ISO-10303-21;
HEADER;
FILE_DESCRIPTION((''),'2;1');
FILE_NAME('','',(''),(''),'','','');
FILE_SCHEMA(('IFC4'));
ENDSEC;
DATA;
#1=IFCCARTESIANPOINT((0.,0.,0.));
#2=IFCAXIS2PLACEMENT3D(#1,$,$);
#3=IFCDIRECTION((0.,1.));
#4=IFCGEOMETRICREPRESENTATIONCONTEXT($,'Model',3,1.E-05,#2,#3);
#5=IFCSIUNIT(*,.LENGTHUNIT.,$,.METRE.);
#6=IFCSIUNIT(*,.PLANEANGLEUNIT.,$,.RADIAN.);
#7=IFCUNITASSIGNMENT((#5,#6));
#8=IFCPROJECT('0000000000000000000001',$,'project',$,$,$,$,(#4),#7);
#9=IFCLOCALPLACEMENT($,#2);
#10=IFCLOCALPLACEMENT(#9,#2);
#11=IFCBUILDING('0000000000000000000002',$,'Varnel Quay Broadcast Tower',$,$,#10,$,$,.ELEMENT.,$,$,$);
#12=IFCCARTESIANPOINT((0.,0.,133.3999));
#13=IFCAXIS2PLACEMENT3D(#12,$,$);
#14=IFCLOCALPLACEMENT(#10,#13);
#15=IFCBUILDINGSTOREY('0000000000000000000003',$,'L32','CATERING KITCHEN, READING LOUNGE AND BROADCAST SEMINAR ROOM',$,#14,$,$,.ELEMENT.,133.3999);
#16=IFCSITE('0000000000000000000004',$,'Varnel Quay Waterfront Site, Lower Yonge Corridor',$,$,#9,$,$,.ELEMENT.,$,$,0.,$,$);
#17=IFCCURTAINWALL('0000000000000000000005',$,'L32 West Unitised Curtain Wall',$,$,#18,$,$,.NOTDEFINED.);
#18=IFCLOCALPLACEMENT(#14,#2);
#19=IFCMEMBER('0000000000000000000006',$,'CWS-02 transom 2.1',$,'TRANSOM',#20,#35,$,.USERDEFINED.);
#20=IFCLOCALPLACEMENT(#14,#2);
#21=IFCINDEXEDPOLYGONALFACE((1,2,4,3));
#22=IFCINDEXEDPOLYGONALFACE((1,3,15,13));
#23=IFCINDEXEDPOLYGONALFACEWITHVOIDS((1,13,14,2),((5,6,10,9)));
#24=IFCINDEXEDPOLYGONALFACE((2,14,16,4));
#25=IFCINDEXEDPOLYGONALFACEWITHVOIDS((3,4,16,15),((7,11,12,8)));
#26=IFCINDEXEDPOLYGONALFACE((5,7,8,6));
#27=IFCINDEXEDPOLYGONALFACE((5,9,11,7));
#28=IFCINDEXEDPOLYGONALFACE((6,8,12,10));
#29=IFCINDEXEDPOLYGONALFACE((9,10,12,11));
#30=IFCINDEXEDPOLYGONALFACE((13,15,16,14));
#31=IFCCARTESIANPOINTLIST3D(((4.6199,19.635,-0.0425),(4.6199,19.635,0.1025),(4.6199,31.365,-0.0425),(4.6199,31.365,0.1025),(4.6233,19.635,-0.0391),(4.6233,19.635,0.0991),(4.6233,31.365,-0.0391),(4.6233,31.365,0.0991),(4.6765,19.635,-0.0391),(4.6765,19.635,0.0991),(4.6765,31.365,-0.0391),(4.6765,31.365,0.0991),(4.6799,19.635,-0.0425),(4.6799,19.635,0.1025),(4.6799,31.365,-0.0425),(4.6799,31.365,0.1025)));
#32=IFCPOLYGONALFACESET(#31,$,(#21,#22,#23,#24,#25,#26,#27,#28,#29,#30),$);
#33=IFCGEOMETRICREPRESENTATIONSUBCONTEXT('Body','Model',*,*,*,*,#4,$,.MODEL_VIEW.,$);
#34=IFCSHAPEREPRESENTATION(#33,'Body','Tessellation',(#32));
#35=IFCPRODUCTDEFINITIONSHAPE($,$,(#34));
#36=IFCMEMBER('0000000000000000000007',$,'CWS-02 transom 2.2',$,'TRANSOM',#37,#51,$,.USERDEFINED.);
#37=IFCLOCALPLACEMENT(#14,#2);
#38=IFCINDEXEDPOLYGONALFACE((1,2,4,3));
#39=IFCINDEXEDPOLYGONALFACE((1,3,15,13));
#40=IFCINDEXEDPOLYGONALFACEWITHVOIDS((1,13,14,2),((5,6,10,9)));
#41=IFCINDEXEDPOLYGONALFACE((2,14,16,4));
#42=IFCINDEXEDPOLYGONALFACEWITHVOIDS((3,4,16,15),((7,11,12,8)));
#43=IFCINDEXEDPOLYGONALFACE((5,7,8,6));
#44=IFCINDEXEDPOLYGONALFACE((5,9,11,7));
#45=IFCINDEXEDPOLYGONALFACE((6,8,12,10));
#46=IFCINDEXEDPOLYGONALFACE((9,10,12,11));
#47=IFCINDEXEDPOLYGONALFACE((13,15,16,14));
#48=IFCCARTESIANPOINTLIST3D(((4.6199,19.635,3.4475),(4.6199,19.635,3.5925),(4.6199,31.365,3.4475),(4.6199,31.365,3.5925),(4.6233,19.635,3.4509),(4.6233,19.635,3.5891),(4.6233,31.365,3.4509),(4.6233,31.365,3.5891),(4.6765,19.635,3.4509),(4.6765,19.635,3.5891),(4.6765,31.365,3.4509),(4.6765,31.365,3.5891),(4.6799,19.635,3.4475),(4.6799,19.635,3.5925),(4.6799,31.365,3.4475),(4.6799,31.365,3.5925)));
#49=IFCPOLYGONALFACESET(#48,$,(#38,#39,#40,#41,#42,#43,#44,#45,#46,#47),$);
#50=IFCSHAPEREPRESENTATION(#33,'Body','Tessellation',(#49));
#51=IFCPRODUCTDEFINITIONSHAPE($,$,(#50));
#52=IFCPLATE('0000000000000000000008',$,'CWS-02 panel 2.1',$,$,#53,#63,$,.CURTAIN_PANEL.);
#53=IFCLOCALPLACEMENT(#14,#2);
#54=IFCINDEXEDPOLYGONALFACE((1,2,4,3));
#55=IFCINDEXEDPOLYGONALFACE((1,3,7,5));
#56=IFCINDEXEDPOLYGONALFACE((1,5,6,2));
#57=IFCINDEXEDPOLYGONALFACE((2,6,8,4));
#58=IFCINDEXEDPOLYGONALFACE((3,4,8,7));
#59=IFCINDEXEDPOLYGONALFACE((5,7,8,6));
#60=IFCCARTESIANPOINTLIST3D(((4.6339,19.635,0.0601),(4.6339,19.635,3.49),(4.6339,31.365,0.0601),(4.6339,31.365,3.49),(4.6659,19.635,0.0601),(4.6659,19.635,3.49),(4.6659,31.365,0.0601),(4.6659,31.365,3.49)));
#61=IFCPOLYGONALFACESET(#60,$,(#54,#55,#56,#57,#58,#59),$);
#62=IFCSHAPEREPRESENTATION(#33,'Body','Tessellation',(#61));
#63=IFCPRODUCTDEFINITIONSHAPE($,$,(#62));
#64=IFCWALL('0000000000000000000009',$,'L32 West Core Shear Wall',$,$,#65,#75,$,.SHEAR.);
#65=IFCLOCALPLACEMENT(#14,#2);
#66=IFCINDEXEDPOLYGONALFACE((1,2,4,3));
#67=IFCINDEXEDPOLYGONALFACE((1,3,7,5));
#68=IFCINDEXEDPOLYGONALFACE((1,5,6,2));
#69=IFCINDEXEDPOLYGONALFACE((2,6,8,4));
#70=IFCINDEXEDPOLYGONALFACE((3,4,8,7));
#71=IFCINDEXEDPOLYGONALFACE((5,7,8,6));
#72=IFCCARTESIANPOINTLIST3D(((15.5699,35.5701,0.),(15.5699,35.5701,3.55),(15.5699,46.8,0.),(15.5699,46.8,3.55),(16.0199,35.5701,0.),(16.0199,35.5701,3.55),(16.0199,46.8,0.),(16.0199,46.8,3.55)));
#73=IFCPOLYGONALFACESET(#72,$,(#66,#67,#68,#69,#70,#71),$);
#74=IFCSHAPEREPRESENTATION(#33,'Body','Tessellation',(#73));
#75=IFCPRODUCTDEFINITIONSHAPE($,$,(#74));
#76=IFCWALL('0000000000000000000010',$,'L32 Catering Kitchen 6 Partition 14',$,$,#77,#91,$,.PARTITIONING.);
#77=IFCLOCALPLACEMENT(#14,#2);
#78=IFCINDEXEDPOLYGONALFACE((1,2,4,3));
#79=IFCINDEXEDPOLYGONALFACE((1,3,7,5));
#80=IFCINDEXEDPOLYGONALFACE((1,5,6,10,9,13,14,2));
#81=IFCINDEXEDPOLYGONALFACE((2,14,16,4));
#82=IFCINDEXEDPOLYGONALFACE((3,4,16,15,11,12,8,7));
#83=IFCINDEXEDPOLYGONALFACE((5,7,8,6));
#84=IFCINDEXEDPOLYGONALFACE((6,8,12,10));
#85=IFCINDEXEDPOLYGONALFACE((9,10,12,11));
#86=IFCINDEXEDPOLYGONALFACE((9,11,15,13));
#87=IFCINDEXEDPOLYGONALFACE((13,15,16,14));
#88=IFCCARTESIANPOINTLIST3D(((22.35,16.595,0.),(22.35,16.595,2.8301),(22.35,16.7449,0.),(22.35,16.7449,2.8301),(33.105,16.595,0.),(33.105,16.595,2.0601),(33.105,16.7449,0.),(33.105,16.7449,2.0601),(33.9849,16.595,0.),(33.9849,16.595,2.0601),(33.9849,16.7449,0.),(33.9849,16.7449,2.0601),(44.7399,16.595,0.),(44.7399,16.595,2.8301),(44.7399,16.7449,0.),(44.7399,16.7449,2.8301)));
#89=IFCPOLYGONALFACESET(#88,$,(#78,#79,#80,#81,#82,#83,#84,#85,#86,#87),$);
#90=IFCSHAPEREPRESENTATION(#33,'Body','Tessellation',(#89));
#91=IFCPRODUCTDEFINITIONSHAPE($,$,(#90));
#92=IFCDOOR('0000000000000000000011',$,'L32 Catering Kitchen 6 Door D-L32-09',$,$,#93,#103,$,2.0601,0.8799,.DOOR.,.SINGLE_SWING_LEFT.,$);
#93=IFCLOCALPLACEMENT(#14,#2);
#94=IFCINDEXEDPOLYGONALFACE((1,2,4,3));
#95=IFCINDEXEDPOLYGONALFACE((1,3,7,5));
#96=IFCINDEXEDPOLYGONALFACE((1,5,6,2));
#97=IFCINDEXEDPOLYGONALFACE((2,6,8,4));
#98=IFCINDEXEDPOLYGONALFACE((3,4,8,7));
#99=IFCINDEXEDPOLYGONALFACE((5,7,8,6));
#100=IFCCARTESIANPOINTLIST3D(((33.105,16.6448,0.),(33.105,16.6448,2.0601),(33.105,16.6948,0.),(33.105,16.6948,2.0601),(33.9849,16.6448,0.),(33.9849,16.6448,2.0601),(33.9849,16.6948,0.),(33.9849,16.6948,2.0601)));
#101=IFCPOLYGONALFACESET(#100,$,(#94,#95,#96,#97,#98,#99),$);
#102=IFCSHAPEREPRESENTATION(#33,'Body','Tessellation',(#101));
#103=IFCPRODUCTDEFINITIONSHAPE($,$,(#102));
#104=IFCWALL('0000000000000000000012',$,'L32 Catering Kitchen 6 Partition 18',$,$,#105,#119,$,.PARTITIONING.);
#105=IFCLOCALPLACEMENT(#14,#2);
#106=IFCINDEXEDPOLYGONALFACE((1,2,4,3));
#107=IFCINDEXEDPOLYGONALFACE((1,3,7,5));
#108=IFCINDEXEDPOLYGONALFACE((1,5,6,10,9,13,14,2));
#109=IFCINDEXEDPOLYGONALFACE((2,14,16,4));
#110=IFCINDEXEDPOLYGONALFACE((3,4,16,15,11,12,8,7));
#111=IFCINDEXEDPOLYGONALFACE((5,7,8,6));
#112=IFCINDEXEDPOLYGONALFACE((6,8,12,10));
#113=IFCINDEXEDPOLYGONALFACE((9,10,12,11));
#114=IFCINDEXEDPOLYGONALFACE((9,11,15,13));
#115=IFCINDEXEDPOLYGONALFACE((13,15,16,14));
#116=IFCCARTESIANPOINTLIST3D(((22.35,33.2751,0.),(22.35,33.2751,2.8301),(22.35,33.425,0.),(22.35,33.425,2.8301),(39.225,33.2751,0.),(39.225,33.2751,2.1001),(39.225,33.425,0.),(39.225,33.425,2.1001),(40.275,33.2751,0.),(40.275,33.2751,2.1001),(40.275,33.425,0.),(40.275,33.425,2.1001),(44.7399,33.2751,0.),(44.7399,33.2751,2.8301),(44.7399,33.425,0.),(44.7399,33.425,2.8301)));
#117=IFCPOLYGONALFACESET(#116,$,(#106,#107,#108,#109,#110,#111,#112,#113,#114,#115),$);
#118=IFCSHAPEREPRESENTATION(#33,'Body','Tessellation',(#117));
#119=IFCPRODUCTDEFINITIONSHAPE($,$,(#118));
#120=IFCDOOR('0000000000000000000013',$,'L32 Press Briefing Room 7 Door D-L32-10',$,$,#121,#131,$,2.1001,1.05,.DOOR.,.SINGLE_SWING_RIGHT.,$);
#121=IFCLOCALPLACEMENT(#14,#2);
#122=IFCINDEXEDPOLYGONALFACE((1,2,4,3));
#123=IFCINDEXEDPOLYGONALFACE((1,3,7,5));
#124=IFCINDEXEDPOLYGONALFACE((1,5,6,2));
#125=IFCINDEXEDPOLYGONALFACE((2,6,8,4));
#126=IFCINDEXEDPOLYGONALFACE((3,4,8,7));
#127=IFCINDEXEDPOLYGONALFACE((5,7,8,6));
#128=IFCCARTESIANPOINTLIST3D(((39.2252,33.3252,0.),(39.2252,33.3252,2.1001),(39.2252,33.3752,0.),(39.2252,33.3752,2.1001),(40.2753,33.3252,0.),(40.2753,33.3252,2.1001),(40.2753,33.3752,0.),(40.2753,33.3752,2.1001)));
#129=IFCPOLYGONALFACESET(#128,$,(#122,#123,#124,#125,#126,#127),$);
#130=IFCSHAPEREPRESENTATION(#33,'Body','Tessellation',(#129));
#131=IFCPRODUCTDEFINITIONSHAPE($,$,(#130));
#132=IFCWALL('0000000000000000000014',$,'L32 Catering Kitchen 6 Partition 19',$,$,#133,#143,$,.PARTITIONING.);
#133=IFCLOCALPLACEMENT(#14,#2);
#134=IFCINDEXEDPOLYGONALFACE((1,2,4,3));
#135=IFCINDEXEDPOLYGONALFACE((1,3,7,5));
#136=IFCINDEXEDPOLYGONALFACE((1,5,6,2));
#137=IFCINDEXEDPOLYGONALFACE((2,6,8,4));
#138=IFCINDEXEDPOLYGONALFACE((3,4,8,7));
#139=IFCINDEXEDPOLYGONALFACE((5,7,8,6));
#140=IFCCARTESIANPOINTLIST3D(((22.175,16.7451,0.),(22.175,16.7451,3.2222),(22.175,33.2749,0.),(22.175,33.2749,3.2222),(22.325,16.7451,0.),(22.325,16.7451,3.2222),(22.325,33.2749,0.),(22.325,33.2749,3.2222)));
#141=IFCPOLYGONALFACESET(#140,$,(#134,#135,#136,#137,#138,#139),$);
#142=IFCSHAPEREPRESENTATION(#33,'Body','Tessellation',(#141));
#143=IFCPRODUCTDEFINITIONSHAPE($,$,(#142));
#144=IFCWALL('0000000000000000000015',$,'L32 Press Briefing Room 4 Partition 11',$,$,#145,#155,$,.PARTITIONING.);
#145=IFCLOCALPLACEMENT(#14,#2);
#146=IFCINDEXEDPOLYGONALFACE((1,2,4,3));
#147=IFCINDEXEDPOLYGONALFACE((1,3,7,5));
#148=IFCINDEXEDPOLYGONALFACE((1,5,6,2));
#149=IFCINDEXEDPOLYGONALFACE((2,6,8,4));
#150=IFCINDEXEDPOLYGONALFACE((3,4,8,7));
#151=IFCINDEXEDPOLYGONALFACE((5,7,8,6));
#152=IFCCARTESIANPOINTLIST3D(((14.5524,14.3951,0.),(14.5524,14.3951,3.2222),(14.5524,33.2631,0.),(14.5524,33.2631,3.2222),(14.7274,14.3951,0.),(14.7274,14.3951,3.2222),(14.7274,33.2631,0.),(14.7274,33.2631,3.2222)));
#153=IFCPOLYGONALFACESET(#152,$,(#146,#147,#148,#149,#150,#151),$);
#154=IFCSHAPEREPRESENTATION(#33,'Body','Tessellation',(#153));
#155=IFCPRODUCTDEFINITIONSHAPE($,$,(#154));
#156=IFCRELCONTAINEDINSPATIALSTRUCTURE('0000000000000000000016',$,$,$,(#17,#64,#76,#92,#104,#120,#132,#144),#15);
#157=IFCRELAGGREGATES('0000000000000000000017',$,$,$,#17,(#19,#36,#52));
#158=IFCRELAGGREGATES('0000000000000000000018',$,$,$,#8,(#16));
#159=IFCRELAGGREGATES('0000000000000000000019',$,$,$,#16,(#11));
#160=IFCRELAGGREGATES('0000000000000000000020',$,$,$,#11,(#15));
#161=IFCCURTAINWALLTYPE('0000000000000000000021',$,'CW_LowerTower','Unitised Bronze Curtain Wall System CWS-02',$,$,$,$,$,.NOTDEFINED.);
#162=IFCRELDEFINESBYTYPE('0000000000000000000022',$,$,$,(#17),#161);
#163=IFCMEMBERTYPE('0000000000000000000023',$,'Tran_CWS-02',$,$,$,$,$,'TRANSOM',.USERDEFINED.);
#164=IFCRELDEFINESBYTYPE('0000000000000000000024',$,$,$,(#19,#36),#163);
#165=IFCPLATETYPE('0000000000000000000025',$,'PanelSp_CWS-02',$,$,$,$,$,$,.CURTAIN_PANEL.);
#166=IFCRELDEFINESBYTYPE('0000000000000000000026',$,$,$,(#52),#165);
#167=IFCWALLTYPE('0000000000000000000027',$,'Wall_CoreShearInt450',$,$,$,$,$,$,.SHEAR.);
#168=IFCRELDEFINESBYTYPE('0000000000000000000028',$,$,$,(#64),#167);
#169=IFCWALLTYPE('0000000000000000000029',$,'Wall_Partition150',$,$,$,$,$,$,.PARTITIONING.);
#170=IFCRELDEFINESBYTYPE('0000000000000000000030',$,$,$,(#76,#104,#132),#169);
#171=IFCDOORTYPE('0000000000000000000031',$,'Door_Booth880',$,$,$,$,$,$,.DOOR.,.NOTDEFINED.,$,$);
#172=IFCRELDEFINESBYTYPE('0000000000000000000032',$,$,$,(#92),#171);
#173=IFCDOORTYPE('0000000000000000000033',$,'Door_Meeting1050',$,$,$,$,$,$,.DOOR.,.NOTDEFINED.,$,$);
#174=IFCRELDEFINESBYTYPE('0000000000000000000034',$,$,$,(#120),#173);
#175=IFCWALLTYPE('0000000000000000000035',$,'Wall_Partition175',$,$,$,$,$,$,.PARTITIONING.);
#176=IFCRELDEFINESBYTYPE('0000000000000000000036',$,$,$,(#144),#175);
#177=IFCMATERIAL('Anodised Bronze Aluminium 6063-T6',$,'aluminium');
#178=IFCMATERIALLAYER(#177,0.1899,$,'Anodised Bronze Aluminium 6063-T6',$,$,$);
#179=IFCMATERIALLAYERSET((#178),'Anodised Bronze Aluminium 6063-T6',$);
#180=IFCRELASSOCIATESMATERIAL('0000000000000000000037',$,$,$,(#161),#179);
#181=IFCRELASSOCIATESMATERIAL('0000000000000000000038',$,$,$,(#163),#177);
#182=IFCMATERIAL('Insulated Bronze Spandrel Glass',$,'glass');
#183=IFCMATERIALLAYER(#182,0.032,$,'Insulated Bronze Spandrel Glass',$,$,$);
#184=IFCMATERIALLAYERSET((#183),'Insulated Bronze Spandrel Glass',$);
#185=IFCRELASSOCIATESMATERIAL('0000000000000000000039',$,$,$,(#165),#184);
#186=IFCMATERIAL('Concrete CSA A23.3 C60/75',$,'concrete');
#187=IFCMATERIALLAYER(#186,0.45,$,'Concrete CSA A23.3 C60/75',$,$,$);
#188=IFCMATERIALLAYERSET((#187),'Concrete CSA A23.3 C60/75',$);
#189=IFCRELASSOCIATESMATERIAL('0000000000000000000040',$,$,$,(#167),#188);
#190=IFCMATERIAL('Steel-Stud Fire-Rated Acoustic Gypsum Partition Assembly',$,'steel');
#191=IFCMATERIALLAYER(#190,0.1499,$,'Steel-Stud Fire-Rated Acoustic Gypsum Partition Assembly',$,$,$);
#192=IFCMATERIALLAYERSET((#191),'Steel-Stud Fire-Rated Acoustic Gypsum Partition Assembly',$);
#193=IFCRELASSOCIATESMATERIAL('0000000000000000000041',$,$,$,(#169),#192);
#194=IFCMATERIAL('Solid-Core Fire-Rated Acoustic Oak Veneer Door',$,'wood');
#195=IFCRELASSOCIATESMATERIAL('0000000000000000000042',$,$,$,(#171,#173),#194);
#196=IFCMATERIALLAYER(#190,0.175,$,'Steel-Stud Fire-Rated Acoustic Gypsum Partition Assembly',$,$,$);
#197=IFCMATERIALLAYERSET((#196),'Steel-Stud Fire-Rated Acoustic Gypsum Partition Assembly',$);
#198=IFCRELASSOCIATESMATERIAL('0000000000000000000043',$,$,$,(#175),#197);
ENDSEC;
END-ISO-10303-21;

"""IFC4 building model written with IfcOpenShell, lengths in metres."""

from ifc_helpers import new_model, si_unit, direction, frame, frame_2d, origin, origin_2d, place, context, subcontext, project, spatial, rectangle, hollow_rectangle, extrude, source, transform, mapped, material, layer, layer_set, material_profile, profile_set, type_object, type_shapes, element, fill, aggregate, save


model = new_model("IFC4")

# Units and contexts
model_context = context("Model", 3, precision=1e-05, world=origin(), true_north=direction((0.0, 1.0)))
body_context = subcontext(model_context, "Body", "Model", "MODEL_VIEW")
ifc_project = project(units=[si_unit("LENGTHUNIT", "METRE"), si_unit("PLANEANGLEUNIT", "RADIAN")], contexts=[model_context])

# Site, building, storey
site_placement = place(None, origin())
site = spatial("IfcSite", under=ifc_project, at=site_placement, Name="Varnel Quay Waterfront Site, Lower Yonge Corridor", CompositionType="ELEMENT", RefElevation=0.0)
building_placement = place(site_placement, origin())
building = spatial("IfcBuilding", under=site, at=building_placement, Name="Varnel Quay Broadcast Tower", CompositionType="ELEMENT")
storey_placement = place(building_placement, frame((0.0, 0.0, 133.3999)))
storey = spatial("IfcBuildingStorey", under=building, at=storey_placement, Name="L32", Description="CATERING KITCHEN, READING LOUNGE AND BROADCAST SEMINAR ROOM", CompositionType="ELEMENT", Elevation=133.3999)

# Curtain wall, members, plate
ifc_material_1 = material(Name="Anodised Bronze Aluminium 6063-T6", Category="aluminium")
ifc_layer_1 = layer(ifc_material_1, 0.1899, Name="Anodised Bronze Aluminium 6063-T6")
ifc_layer_set_1 = layer_set([ifc_layer_1], Name="Anodised Bronze Aluminium 6063-T6")
curtain_wall_type = type_object("IfcCurtainWallType", Name="CW_LowerTower", Description="Unitised Bronze Curtain Wall System CWS-02", PredefinedType="NOTDEFINED", material=ifc_layer_set_1)
curtain_wall_placement = place(storey_placement, origin())
curtain_wall = element("IfcCurtainWall", 1, at=curtain_wall_placement, inside=storey, type_object=curtain_wall_type, Name="L32 West Unitised Curtain Wall", PredefinedType="NOTDEFINED")
ifc_material_profile_1 = material_profile(ifc_material_1, hollow_rectangle(XDim=0.0601, YDim=0.145, WallThickness=0.0034, at=origin_2d()), Name="ALU60X145X3.5")
ifc_profile_set_1 = profile_set([ifc_material_profile_1], Name="Anodised Bronze Aluminium 6063-T6")
member_type_1 = type_object("IfcMemberType", Name="Tran_CWS-02", ElementType="TRANSOM", PredefinedType="USERDEFINED", material=ifc_profile_set_1)
shared_shape_1 = source(origin(), body_context, "Body", "SweptSolid", [
    extrude(hollow_rectangle(XDim=0.0601, YDim=0.145, WallThickness=0.0034, at=origin_2d()), origin(), (0.0, 0.0, 1.0), 11.73),
])
member_1_placement = place(storey_placement, frame((4.6499, 19.635, 0.03), z_axis=(0.0, 1.0, 0.0), x_axis=(-1.0, 0.0, 0.0)))
member_1 = element("IfcMember", 2, at=member_1_placement, type_object=member_type_1, Name="CWS-02 transom 2.1", ObjectType="TRANSOM", PredefinedType="USERDEFINED", context=body_context, shape_type="MappedRepresentation", body=[
    mapped(shared_shape_1, transform((0.0, 0.0, 0.0), x_axis=(1.0, 0.0, 0.0), y_axis=(0.0, 1.0, 0.0), z_axis=(0.0, 0.0, 1.0), scale=1.0)),
])
member_2_placement = place(storey_placement, frame((4.6499, 19.635, 3.52), z_axis=(0.0, 1.0, 0.0), x_axis=(-1.0, 0.0, 0.0)))
member_2 = element("IfcMember", 3, at=member_2_placement, type_object=member_type_1, Name="CWS-02 transom 2.2", ObjectType="TRANSOM", PredefinedType="USERDEFINED", context=body_context, shape_type="MappedRepresentation", body=[
    mapped(shared_shape_1, transform((0.0, 0.0, 0.0), x_axis=(1.0, 0.0, 0.0), y_axis=(0.0, 1.0, 0.0), z_axis=(0.0, 0.0, 1.0), scale=1.0)),
])
ifc_material_2 = material(Name="Insulated Bronze Spandrel Glass", Category="glass")
ifc_layer_2 = layer(ifc_material_2, 0.032, Name="Insulated Bronze Spandrel Glass")
ifc_layer_set_2 = layer_set([ifc_layer_2], Name="Insulated Bronze Spandrel Glass")
plate_type = type_object("IfcPlateType", Name="PanelSp_CWS-02", PredefinedType="CURTAIN_PANEL", material=ifc_layer_set_2)
shared_shape_2 = source(origin(), body_context, "Body", "SweptSolid", [
    extrude(rectangle(XDim=11.73, YDim=0.032, at=origin_2d()), origin(), (0.0, 0.0, 1.0), 3.4299),
])
type_shapes(plate_type, [shared_shape_2])
plate_placement = place(storey_placement, frame((4.6499, 25.5, 0.0601), z_axis=(0.0, 0.0, 1.0), x_axis=(0.0, 1.0, 0.0)))
plate = element("IfcPlate", 4, at=plate_placement, type_object=plate_type, Name="CWS-02 panel 2.1", PredefinedType="CURTAIN_PANEL", context=body_context, shape_type="MappedRepresentation", body=[
    mapped(shared_shape_2, transform((0.0, 0.0, 0.0), x_axis=(1.0, 0.0, 0.0), y_axis=(0.0, 1.0, 0.0), z_axis=(0.0, 0.0, 1.0), scale=1.0)),
])
aggregate(curtain_wall, [member_1, member_2, plate])

# Wall
ifc_material_3 = material(Name="Concrete CSA A23.3 C60/75", Category="concrete")
ifc_layer_3 = layer(ifc_material_3, 0.45, Name="Concrete CSA A23.3 C60/75")
ifc_layer_set_3 = layer_set([ifc_layer_3], Name="Concrete CSA A23.3 C60/75")
wall_type_1 = type_object("IfcWallType", Name="Wall_CoreShearInt450", PredefinedType="SHEAR", material=ifc_layer_set_3)
wall_1_placement = place(storey_placement, frame((15.7949, 35.5701, 0.0), z_axis=(0.0, 0.0, 1.0), x_axis=(0.0, 1.0, 0.0)))
element("IfcWall", 5, at=wall_1_placement, inside=storey, type_object=wall_type_1, Name="L32 West Core Shear Wall", PredefinedType="SHEAR", context=body_context, shape_type="SweptSolid", body=[
    extrude(rectangle(XDim=11.23, YDim=0.45, at=frame_2d((5.615, 0.0))), origin(), (0.0, 0.0, 1.0), 3.55),
])

# Walls, openings, doors
ifc_material_4 = material(Name="Steel-Stud Fire-Rated Acoustic Gypsum Partition Assembly", Category="steel")
ifc_layer_4 = layer(ifc_material_4, 0.1499, Name="Steel-Stud Fire-Rated Acoustic Gypsum Partition Assembly")
ifc_layer_set_4 = layer_set([ifc_layer_4], Name="Steel-Stud Fire-Rated Acoustic Gypsum Partition Assembly")
wall_type_2 = type_object("IfcWallType", Name="Wall_Partition150", PredefinedType="PARTITIONING", material=ifc_layer_set_4)
wall_2_placement = place(storey_placement, frame((22.3501, 16.6699, 0.0), z_axis=(0.0, 0.0, 1.0), x_axis=(1.0, 0.0, 0.0)))
wall_2 = element("IfcWall", 6, at=wall_2_placement, inside=storey, type_object=wall_type_2, Name="L32 Catering Kitchen 6 Partition 14", PredefinedType="PARTITIONING", context=body_context, shape_type="SweptSolid", body=[
    extrude(rectangle(XDim=22.3899, YDim=0.1499, at=frame_2d((11.1948, 0.0))), origin(), (0.0, 0.0, 1.0), 2.8301),
])
opening_1_placement = place(wall_2_placement, frame((10.7549, 0.0, 0.0)))
opening_1 = element("IfcOpeningElement", 7, at=opening_1_placement, cuts=wall_2, PredefinedType="OPENING", context=body_context, shape_type="SweptSolid", body=[
    extrude(rectangle(XDim=0.8799, YDim=2.0601, at=frame_2d((0.4399, 1.03))), frame((0.0, 0.085, 0.0), z_axis=(0.0, -1.0, 0.0), x_axis=(1.0, 0.0, 0.0)), (0.0, 0.0, 1.0), 0.1699),
])
ifc_material_5 = material(Name="Solid-Core Fire-Rated Acoustic Oak Veneer Door", Category="wood")
door_type_1 = type_object("IfcDoorType", Name="Door_Booth880", OperationType="NOTDEFINED", PredefinedType="DOOR", material=ifc_material_5)
shared_shape_3 = source(origin(), body_context, "Body", "SweptSolid", [
    extrude(rectangle(XDim=0.8799, YDim=2.0601, at=frame_2d((0.4399, 1.03))), frame((0.0, 0.0249, 0.0), z_axis=(0.0, -1.0, 0.0), x_axis=(1.0, 0.0, 0.0)), (0.0, 0.0, 1.0), 0.05),
])
type_shapes(door_type_1, [shared_shape_3])
door_1_placement = place(opening_1_placement, origin())
door_1 = element("IfcDoor", 8, at=door_1_placement, inside=storey, type_object=door_type_1, Name="L32 Catering Kitchen 6 Door D-L32-09", OperationType="SINGLE_SWING_LEFT", OverallHeight=2.0601, OverallWidth=0.8799, PredefinedType="DOOR", context=body_context, shape_type="MappedRepresentation", body=[
    mapped(shared_shape_3, transform((0.0, 0.0, 0.0), x_axis=(1.0, 0.0, 0.0), y_axis=(0.0, 1.0, 0.0), z_axis=(0.0, 0.0, 1.0), scale=1.0)),
])
fill(opening_1, door_1)
wall_3_placement = place(storey_placement, frame((22.3501, 33.3501, 0.0), z_axis=(0.0, 0.0, 1.0), x_axis=(1.0, 0.0, 0.0)))
wall_3 = element("IfcWall", 9, at=wall_3_placement, inside=storey, type_object=wall_type_2, Name="L32 Catering Kitchen 6 Partition 18", PredefinedType="PARTITIONING", context=body_context, shape_type="SweptSolid", body=[
    extrude(rectangle(XDim=22.3899, YDim=0.1499, at=frame_2d((11.1948, 0.0))), origin(), (0.0, 0.0, 1.0), 2.8301),
])
opening_2_placement = place(wall_3_placement, frame((16.875, 0.0, 0.0)))
opening_2 = element("IfcOpeningElement", 10, at=opening_2_placement, cuts=wall_3, PredefinedType="OPENING", context=body_context, shape_type="SweptSolid", body=[
    extrude(rectangle(XDim=1.05, YDim=2.1001, at=frame_2d((0.5249, 1.05))), frame((0.0, 0.085, 0.0), z_axis=(0.0, -1.0, 0.0), x_axis=(1.0, 0.0, 0.0)), (0.0, 0.0, 1.0), 0.1699),
])
door_type_2 = type_object("IfcDoorType", Name="Door_Meeting1050", OperationType="NOTDEFINED", PredefinedType="DOOR", material=ifc_material_5)
shared_shape_4 = source(origin(), body_context, "Body", "SweptSolid", [
    extrude(rectangle(XDim=1.05, YDim=2.1001, at=frame_2d((0.5249, 1.05))), frame((0.0, 0.0249, 0.0), z_axis=(0.0, -1.0, 0.0), x_axis=(1.0, 0.0, 0.0)), (0.0, 0.0, 1.0), 0.05),
])
type_shapes(door_type_2, [shared_shape_4])
door_2_placement = place(opening_2_placement, frame((1.05, 0.0, 0.0), z_axis=(0.0, 0.0, 1.0), x_axis=(-1.0, 0.0, 0.0)))
door_2 = element("IfcDoor", 11, at=door_2_placement, inside=storey, type_object=door_type_2, Name="L32 Press Briefing Room 7 Door D-L32-10", OperationType="SINGLE_SWING_RIGHT", OverallHeight=2.1001, OverallWidth=1.05, PredefinedType="DOOR", context=body_context, shape_type="MappedRepresentation", body=[
    mapped(shared_shape_4, transform((0.0, 0.0, 0.0), x_axis=(1.0, 0.0, 0.0), y_axis=(0.0, 1.0, 0.0), z_axis=(0.0, 0.0, 1.0), scale=1.0)),
])
fill(opening_2, door_2)

# Walls
wall_4_placement = place(storey_placement, frame((22.25, 16.7451, 0.0), z_axis=(0.0, 0.0, 1.0), x_axis=(0.0, 1.0, 0.0)))
element("IfcWall", 12, at=wall_4_placement, inside=storey, type_object=wall_type_2, Name="L32 Catering Kitchen 6 Partition 19", PredefinedType="PARTITIONING", context=body_context, shape_type="SweptSolid", body=[
    extrude(rectangle(XDim=16.5298, YDim=0.1499, at=frame_2d((8.2649, 0.0))), origin(), (0.0, 0.0, 1.0), 3.2222),
])
ifc_layer_5 = layer(ifc_material_4, 0.175, Name="Steel-Stud Fire-Rated Acoustic Gypsum Partition Assembly")
ifc_layer_set_5 = layer_set([ifc_layer_5], Name="Steel-Stud Fire-Rated Acoustic Gypsum Partition Assembly")
wall_type_3 = type_object("IfcWallType", Name="Wall_Partition175", PredefinedType="PARTITIONING", material=ifc_layer_set_5)
wall_5_placement = place(storey_placement, frame((14.6399, 14.395, 0.0), z_axis=(0.0, 0.0, 1.0), x_axis=(0.0, 1.0, 0.0)))
element("IfcWall", 13, at=wall_5_placement, inside=storey, type_object=wall_type_3, Name="L32 Press Briefing Room 4 Partition 11", PredefinedType="PARTITIONING", context=body_context, shape_type="SweptSolid", body=[
    extrude(rectangle(XDim=18.8679, YDim=0.175, at=frame_2d((9.4341, 0.0))), origin(), (0.0, 0.0, 1.0), 3.2222),
])

save(model, "model.ifc")
